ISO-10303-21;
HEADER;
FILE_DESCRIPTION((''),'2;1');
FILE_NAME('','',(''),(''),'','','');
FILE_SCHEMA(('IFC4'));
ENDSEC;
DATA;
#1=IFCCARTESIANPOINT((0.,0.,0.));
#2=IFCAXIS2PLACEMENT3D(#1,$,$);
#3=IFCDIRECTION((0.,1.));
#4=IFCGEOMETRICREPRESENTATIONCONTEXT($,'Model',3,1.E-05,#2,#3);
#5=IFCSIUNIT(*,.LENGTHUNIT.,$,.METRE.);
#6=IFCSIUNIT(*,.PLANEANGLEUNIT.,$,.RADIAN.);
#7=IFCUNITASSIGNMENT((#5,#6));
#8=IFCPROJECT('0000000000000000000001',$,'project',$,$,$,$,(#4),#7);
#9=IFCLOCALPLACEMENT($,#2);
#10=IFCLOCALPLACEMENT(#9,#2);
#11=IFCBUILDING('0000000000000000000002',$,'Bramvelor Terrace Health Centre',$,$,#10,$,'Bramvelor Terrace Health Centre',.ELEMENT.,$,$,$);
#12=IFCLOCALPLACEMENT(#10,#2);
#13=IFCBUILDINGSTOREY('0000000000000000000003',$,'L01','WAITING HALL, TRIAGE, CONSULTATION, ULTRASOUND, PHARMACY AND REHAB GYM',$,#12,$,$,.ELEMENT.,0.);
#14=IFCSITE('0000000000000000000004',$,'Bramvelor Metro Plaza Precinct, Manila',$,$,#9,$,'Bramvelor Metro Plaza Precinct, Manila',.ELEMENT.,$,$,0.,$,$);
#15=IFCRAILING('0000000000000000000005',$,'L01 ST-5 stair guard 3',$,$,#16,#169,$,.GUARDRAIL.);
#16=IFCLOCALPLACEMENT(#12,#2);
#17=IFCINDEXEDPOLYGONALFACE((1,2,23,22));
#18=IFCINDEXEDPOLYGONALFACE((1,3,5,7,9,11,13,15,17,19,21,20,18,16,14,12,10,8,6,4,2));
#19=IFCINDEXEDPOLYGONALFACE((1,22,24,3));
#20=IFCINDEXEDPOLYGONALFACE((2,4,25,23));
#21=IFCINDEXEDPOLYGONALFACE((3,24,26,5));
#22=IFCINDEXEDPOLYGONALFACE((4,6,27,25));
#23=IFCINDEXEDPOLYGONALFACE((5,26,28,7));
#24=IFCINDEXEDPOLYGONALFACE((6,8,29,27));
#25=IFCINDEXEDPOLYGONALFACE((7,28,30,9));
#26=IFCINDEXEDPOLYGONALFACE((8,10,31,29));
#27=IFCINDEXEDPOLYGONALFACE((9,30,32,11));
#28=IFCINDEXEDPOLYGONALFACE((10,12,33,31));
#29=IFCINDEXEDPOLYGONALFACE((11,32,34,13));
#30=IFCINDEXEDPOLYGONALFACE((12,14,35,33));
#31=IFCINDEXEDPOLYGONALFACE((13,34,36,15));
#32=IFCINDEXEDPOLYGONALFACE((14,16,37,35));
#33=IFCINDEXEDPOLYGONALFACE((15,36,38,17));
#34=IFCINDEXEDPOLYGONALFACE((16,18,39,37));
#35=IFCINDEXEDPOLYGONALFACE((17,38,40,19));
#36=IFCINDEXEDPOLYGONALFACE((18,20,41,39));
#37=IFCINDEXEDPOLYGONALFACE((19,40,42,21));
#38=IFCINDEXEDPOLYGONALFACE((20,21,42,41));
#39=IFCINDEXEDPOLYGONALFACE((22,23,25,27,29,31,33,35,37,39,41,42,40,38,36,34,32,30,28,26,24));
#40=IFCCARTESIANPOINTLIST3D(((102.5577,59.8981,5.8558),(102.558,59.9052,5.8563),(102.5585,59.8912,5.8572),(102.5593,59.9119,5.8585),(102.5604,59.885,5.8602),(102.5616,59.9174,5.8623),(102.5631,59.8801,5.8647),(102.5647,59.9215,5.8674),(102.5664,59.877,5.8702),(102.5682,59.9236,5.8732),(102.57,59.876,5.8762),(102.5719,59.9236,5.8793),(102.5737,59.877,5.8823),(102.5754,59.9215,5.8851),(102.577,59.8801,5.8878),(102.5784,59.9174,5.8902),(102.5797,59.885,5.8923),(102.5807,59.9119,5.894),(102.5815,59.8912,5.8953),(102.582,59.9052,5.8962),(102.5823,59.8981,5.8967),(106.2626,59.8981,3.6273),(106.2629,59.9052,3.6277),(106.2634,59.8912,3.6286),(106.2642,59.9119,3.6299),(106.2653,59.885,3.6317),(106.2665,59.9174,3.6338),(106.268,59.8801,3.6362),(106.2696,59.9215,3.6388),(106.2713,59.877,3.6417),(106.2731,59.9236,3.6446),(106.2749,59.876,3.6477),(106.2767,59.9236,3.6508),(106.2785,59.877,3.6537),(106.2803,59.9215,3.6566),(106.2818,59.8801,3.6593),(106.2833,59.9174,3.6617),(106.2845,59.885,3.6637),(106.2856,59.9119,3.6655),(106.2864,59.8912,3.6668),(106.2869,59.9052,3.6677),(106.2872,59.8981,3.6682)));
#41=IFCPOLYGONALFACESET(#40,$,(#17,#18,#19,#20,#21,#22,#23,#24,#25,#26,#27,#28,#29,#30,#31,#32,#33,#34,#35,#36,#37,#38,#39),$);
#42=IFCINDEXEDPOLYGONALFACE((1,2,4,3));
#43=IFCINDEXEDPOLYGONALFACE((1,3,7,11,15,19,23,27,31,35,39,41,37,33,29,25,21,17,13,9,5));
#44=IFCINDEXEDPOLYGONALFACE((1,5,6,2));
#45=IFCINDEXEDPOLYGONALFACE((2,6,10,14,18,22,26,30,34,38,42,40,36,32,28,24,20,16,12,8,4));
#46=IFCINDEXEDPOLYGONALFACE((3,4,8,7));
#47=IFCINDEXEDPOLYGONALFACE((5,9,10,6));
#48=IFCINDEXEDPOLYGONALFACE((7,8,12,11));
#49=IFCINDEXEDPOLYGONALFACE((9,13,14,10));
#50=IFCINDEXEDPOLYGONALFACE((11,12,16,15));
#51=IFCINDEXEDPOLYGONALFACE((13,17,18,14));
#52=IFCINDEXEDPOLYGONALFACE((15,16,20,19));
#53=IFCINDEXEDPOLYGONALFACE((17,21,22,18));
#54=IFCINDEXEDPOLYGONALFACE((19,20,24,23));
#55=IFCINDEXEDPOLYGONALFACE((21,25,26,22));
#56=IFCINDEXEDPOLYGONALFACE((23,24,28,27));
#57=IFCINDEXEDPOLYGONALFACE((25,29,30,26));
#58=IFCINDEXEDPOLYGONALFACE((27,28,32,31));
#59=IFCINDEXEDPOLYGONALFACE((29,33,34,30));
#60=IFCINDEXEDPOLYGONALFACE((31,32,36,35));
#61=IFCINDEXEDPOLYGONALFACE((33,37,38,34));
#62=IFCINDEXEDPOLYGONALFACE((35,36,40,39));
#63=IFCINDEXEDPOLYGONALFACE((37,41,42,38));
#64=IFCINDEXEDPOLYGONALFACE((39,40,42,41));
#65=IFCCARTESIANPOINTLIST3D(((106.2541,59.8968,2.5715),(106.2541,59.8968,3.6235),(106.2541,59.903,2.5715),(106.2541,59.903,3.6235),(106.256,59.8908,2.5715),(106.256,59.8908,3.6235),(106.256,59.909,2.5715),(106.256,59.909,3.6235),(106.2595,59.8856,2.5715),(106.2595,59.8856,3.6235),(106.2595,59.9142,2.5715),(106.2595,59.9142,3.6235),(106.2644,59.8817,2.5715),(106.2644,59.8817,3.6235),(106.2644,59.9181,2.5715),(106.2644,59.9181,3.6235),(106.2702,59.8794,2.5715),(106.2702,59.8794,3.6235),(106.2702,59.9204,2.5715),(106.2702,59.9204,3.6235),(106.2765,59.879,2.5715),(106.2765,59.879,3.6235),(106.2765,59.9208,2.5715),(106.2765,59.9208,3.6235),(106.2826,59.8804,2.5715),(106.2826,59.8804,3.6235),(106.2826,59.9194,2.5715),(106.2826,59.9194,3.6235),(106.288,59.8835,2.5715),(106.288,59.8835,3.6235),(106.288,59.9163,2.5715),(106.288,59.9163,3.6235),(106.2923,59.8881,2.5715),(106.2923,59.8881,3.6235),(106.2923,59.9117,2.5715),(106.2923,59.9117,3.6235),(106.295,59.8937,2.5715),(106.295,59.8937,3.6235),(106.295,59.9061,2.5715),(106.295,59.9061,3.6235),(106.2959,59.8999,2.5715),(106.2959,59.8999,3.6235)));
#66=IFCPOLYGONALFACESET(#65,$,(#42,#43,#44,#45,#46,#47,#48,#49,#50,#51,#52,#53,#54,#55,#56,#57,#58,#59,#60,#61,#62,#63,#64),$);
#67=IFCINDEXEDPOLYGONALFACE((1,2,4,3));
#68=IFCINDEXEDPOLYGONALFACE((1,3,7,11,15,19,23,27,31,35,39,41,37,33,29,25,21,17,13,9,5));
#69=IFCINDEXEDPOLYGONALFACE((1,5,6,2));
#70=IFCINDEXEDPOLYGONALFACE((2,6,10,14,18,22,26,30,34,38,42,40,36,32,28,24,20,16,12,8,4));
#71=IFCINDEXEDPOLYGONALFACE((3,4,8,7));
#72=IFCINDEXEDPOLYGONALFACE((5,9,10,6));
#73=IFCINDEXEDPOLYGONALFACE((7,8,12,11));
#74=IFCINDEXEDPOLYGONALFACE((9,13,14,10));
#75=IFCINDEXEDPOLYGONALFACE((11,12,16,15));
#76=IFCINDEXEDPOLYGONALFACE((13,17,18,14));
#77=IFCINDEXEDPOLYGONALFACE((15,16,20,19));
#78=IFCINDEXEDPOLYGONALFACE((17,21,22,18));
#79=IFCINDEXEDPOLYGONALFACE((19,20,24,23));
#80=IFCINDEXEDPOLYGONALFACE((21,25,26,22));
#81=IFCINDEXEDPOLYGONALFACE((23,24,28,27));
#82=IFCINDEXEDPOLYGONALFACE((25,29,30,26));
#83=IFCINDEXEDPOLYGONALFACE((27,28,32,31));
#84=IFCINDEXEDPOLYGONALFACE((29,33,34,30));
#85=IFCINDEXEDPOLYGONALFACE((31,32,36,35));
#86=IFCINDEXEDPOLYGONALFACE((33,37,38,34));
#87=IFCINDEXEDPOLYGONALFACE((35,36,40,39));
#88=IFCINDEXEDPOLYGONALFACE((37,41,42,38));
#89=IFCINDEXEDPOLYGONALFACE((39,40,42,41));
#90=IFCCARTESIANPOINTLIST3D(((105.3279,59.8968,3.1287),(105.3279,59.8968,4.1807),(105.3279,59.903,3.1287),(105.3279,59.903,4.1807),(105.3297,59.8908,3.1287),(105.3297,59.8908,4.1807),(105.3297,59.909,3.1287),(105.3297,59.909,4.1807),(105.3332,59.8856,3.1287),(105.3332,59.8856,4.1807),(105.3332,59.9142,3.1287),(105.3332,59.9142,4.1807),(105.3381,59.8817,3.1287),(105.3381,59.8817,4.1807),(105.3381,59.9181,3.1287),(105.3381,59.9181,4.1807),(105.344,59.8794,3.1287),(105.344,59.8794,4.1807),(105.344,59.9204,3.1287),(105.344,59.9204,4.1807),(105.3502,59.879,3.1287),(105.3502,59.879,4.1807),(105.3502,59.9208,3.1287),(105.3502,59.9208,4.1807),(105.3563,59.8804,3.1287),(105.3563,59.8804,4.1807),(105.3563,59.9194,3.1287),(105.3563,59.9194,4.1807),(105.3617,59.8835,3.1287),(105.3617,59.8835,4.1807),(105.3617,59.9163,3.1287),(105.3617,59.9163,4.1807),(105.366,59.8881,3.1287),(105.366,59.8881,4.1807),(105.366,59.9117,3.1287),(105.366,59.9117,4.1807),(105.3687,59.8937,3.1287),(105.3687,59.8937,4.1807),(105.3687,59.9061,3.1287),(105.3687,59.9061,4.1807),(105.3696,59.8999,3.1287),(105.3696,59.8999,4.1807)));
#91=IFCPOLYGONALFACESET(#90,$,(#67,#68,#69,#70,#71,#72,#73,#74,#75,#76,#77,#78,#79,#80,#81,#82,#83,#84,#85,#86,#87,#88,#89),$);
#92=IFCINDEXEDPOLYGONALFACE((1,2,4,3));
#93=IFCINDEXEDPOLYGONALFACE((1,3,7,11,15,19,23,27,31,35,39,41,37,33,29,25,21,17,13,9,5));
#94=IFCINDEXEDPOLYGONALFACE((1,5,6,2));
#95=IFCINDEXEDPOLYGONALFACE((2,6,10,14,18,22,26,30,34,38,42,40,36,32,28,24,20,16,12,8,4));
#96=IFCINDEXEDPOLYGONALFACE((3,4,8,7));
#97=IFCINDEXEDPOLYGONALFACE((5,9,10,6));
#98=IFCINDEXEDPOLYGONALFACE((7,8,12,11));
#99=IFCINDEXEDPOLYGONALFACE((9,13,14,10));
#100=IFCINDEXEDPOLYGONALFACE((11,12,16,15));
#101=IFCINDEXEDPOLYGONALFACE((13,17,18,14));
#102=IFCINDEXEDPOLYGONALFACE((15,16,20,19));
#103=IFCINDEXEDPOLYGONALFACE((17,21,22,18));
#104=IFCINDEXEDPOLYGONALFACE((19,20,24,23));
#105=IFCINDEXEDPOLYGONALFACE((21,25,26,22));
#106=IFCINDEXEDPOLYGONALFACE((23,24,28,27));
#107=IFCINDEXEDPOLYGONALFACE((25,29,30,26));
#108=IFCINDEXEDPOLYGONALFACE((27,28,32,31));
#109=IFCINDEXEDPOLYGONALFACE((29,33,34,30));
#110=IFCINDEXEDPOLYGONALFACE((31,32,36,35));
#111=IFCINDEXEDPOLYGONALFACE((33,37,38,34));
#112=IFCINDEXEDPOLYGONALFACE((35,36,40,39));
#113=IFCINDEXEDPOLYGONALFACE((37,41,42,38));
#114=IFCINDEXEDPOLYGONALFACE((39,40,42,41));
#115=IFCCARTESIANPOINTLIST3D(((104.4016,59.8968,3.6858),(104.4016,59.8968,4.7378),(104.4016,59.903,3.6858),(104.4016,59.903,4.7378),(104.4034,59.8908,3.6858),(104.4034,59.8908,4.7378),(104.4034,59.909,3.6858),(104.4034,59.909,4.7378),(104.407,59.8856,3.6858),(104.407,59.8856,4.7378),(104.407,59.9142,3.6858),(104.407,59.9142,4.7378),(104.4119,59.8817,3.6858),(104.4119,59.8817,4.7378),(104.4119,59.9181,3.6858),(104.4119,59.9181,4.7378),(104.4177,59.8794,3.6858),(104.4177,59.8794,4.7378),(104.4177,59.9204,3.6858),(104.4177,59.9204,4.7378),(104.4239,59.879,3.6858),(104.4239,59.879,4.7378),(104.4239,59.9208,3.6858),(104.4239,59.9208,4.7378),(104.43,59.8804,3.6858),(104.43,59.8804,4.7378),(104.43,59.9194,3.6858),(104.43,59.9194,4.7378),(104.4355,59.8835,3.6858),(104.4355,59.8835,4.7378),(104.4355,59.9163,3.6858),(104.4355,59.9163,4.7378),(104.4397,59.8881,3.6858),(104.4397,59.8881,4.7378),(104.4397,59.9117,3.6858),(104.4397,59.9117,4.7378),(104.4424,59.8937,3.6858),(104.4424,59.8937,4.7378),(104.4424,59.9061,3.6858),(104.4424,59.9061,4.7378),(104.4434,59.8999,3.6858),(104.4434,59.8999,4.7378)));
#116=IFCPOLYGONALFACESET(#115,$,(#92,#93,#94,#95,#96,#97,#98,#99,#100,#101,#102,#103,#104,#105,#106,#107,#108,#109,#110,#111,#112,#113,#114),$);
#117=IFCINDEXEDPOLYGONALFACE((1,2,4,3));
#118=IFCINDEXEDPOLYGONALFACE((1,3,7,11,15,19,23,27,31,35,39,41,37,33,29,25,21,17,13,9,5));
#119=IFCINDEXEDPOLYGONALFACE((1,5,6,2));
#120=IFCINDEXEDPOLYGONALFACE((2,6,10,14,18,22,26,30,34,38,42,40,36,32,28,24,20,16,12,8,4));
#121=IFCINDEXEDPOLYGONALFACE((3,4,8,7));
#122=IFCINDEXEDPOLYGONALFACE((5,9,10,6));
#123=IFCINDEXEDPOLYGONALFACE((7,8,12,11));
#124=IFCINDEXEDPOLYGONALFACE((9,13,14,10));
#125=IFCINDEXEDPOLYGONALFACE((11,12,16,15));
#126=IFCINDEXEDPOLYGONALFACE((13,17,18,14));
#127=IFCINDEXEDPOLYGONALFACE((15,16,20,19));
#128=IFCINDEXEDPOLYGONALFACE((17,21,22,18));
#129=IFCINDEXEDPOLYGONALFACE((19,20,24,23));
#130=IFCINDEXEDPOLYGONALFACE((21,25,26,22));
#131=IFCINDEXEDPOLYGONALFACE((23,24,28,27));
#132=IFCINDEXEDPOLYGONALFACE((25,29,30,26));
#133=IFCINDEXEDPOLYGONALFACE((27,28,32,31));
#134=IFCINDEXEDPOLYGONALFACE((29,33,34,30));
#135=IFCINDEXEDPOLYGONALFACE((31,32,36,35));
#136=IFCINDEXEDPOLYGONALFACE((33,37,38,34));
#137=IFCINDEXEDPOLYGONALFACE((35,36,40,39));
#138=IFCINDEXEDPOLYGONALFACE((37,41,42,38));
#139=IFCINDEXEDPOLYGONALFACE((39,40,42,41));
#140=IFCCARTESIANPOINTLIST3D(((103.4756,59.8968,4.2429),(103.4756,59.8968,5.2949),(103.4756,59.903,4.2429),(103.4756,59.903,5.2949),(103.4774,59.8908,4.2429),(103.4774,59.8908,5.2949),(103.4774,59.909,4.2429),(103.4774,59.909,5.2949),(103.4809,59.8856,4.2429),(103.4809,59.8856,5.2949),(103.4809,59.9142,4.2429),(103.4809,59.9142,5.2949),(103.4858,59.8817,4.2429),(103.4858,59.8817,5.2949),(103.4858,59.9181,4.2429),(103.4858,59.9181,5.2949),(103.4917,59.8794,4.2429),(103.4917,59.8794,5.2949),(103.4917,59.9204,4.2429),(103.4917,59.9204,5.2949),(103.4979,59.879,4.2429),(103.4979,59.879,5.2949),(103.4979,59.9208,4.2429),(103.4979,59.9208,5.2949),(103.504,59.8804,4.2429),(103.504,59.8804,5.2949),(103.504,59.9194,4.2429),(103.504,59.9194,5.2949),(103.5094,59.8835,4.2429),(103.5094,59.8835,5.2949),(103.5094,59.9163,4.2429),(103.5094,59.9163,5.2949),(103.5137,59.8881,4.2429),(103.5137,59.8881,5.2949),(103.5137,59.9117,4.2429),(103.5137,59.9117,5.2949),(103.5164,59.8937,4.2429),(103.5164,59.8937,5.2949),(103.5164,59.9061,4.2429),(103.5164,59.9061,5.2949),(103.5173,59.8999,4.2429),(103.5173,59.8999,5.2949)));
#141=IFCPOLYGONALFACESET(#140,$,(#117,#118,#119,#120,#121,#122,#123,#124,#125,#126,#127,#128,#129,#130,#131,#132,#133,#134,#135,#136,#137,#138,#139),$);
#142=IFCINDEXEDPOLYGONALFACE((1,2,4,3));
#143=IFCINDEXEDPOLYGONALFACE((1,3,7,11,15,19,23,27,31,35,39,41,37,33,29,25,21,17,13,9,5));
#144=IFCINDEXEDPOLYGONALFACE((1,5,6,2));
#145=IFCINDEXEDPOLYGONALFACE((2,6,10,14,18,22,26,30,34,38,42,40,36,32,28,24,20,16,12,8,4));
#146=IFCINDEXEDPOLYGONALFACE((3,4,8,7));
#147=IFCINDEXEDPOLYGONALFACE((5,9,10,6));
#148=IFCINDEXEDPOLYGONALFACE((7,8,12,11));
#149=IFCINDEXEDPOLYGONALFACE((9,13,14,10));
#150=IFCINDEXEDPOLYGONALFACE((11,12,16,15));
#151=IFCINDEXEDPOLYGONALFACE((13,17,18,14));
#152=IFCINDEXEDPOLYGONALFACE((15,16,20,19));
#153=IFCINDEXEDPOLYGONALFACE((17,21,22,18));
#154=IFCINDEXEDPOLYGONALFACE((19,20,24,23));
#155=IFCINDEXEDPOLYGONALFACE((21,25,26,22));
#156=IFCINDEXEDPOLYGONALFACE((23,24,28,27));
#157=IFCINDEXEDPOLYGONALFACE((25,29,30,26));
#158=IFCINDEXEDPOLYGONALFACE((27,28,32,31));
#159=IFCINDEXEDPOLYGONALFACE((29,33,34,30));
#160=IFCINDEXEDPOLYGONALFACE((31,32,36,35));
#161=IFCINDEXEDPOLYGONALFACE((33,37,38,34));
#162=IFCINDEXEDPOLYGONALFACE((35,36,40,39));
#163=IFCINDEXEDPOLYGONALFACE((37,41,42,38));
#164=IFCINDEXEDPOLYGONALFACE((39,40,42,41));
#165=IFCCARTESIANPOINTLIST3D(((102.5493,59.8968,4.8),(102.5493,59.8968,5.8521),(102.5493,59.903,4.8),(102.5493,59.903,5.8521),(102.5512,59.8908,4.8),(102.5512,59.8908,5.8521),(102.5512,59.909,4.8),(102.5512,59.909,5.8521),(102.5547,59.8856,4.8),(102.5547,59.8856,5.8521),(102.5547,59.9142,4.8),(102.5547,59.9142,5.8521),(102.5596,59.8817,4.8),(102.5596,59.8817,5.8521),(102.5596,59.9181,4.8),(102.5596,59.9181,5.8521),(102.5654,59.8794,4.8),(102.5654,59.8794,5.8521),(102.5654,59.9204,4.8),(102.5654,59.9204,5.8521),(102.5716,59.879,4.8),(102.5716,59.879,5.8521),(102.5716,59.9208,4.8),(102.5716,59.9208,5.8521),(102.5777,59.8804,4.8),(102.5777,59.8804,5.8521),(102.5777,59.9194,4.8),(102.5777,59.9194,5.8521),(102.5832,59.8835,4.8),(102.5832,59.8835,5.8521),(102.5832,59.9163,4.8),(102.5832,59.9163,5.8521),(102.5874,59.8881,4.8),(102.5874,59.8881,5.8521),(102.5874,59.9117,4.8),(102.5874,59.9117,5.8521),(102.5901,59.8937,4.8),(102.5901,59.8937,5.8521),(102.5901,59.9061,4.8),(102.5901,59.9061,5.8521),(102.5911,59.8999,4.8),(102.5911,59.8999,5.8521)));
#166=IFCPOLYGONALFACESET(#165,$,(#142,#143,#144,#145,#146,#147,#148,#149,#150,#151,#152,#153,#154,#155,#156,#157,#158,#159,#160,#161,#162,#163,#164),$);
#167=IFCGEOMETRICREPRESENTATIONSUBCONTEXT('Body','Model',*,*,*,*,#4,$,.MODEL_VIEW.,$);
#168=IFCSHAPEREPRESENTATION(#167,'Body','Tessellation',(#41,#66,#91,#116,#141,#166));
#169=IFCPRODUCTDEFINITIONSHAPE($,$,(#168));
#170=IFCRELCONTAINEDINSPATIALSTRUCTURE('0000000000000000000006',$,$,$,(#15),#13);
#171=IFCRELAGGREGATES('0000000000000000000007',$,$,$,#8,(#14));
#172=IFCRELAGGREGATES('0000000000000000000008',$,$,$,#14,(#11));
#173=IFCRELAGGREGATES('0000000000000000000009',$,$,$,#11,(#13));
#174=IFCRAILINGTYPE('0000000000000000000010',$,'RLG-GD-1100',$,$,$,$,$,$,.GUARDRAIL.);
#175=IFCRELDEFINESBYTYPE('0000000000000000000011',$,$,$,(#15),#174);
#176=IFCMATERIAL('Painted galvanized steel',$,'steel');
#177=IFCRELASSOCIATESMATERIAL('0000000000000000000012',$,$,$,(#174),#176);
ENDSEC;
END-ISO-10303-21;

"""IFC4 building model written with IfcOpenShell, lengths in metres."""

from ifc_helpers import new_model, si_unit, direction, frame, origin, origin_2d, place, context, subcontext, project, spatial, circle, extrude, material, type_object, element, save


model = new_model("IFC4")

# Units and contexts
model_context = context("Model", 3, precision=1e-05, world=origin(), true_north=direction((0.0, 1.0)))
body_context = subcontext(model_context, "Body", "Model", "MODEL_VIEW")
ifc_project = project(units=[si_unit("LENGTHUNIT", "METRE"), si_unit("PLANEANGLEUNIT", "RADIAN")], contexts=[model_context])

# Site, building, storey
site_placement = place(None, origin())
site = spatial("IfcSite", under=ifc_project, at=site_placement, Name="Bramvelor Metro Plaza Precinct, Manila", LongName="Bramvelor Metro Plaza Precinct, Manila", CompositionType="ELEMENT", RefElevation=0.0)
building_placement = place(site_placement, origin())
building = spatial("IfcBuilding", under=site, at=building_placement, Name="Bramvelor Terrace Health Centre", LongName="Bramvelor Terrace Health Centre", CompositionType="ELEMENT")
storey_placement = place(building_placement, origin())
storey = spatial("IfcBuildingStorey", under=building, at=storey_placement, Name="L01", Description="WAITING HALL, TRIAGE, CONSULTATION, ULTRASOUND, PHARMACY AND REHAB GYM", CompositionType="ELEMENT", Elevation=0.0)

# Railing
ifc_material_1 = material(Name="Painted galvanized steel", Category="steel")
railing_type_1 = type_object("IfcRailingType", Name="RLG-GD-1100", PredefinedType="GUARDRAIL", material=ifc_material_1)
railing_1_placement = place(storey_placement, frame((106.2749, 59.8999, 2.5715)))
element("IfcRailing", 1, at=railing_1_placement, inside=storey, type_object=railing_type_1, Name="L01 ST-5 stair guard 3", PredefinedType="GUARDRAIL", context=body_context, shape_type="SweptSolid", body=[
    extrude(circle(Radius=0.0239, at=origin_2d()), frame((0.0, 0.0, 1.0762), z_axis=(-0.856919, 0.0, 0.51545), x_axis=(0.0, -1.0, 0.0)), (0.0, 0.0, 1.0), 4.3235),
    extrude(circle(Radius=0.021, at=origin_2d()), origin(), (0.0, 0.0, 1.0), 1.052),
    extrude(circle(Radius=0.021, at=origin_2d()), frame((-0.9263, 0.0, 0.5571)), (0.0, 0.0, 1.0), 1.052),
    extrude(circle(Radius=0.021, at=origin_2d()), frame((-1.8525, 0.0, 1.1143)), (0.0, 0.0, 1.0), 1.052),
    extrude(circle(Radius=0.021, at=origin_2d()), frame((-2.7786, 0.0, 1.6714)), (0.0, 0.0, 1.0), 1.052),
    extrude(circle(Radius=0.021, at=origin_2d()), frame((-3.7048, 0.0, 2.2285)), (0.0, 0.0, 1.0), 1.052),
])

save(model, "model.ifc")
